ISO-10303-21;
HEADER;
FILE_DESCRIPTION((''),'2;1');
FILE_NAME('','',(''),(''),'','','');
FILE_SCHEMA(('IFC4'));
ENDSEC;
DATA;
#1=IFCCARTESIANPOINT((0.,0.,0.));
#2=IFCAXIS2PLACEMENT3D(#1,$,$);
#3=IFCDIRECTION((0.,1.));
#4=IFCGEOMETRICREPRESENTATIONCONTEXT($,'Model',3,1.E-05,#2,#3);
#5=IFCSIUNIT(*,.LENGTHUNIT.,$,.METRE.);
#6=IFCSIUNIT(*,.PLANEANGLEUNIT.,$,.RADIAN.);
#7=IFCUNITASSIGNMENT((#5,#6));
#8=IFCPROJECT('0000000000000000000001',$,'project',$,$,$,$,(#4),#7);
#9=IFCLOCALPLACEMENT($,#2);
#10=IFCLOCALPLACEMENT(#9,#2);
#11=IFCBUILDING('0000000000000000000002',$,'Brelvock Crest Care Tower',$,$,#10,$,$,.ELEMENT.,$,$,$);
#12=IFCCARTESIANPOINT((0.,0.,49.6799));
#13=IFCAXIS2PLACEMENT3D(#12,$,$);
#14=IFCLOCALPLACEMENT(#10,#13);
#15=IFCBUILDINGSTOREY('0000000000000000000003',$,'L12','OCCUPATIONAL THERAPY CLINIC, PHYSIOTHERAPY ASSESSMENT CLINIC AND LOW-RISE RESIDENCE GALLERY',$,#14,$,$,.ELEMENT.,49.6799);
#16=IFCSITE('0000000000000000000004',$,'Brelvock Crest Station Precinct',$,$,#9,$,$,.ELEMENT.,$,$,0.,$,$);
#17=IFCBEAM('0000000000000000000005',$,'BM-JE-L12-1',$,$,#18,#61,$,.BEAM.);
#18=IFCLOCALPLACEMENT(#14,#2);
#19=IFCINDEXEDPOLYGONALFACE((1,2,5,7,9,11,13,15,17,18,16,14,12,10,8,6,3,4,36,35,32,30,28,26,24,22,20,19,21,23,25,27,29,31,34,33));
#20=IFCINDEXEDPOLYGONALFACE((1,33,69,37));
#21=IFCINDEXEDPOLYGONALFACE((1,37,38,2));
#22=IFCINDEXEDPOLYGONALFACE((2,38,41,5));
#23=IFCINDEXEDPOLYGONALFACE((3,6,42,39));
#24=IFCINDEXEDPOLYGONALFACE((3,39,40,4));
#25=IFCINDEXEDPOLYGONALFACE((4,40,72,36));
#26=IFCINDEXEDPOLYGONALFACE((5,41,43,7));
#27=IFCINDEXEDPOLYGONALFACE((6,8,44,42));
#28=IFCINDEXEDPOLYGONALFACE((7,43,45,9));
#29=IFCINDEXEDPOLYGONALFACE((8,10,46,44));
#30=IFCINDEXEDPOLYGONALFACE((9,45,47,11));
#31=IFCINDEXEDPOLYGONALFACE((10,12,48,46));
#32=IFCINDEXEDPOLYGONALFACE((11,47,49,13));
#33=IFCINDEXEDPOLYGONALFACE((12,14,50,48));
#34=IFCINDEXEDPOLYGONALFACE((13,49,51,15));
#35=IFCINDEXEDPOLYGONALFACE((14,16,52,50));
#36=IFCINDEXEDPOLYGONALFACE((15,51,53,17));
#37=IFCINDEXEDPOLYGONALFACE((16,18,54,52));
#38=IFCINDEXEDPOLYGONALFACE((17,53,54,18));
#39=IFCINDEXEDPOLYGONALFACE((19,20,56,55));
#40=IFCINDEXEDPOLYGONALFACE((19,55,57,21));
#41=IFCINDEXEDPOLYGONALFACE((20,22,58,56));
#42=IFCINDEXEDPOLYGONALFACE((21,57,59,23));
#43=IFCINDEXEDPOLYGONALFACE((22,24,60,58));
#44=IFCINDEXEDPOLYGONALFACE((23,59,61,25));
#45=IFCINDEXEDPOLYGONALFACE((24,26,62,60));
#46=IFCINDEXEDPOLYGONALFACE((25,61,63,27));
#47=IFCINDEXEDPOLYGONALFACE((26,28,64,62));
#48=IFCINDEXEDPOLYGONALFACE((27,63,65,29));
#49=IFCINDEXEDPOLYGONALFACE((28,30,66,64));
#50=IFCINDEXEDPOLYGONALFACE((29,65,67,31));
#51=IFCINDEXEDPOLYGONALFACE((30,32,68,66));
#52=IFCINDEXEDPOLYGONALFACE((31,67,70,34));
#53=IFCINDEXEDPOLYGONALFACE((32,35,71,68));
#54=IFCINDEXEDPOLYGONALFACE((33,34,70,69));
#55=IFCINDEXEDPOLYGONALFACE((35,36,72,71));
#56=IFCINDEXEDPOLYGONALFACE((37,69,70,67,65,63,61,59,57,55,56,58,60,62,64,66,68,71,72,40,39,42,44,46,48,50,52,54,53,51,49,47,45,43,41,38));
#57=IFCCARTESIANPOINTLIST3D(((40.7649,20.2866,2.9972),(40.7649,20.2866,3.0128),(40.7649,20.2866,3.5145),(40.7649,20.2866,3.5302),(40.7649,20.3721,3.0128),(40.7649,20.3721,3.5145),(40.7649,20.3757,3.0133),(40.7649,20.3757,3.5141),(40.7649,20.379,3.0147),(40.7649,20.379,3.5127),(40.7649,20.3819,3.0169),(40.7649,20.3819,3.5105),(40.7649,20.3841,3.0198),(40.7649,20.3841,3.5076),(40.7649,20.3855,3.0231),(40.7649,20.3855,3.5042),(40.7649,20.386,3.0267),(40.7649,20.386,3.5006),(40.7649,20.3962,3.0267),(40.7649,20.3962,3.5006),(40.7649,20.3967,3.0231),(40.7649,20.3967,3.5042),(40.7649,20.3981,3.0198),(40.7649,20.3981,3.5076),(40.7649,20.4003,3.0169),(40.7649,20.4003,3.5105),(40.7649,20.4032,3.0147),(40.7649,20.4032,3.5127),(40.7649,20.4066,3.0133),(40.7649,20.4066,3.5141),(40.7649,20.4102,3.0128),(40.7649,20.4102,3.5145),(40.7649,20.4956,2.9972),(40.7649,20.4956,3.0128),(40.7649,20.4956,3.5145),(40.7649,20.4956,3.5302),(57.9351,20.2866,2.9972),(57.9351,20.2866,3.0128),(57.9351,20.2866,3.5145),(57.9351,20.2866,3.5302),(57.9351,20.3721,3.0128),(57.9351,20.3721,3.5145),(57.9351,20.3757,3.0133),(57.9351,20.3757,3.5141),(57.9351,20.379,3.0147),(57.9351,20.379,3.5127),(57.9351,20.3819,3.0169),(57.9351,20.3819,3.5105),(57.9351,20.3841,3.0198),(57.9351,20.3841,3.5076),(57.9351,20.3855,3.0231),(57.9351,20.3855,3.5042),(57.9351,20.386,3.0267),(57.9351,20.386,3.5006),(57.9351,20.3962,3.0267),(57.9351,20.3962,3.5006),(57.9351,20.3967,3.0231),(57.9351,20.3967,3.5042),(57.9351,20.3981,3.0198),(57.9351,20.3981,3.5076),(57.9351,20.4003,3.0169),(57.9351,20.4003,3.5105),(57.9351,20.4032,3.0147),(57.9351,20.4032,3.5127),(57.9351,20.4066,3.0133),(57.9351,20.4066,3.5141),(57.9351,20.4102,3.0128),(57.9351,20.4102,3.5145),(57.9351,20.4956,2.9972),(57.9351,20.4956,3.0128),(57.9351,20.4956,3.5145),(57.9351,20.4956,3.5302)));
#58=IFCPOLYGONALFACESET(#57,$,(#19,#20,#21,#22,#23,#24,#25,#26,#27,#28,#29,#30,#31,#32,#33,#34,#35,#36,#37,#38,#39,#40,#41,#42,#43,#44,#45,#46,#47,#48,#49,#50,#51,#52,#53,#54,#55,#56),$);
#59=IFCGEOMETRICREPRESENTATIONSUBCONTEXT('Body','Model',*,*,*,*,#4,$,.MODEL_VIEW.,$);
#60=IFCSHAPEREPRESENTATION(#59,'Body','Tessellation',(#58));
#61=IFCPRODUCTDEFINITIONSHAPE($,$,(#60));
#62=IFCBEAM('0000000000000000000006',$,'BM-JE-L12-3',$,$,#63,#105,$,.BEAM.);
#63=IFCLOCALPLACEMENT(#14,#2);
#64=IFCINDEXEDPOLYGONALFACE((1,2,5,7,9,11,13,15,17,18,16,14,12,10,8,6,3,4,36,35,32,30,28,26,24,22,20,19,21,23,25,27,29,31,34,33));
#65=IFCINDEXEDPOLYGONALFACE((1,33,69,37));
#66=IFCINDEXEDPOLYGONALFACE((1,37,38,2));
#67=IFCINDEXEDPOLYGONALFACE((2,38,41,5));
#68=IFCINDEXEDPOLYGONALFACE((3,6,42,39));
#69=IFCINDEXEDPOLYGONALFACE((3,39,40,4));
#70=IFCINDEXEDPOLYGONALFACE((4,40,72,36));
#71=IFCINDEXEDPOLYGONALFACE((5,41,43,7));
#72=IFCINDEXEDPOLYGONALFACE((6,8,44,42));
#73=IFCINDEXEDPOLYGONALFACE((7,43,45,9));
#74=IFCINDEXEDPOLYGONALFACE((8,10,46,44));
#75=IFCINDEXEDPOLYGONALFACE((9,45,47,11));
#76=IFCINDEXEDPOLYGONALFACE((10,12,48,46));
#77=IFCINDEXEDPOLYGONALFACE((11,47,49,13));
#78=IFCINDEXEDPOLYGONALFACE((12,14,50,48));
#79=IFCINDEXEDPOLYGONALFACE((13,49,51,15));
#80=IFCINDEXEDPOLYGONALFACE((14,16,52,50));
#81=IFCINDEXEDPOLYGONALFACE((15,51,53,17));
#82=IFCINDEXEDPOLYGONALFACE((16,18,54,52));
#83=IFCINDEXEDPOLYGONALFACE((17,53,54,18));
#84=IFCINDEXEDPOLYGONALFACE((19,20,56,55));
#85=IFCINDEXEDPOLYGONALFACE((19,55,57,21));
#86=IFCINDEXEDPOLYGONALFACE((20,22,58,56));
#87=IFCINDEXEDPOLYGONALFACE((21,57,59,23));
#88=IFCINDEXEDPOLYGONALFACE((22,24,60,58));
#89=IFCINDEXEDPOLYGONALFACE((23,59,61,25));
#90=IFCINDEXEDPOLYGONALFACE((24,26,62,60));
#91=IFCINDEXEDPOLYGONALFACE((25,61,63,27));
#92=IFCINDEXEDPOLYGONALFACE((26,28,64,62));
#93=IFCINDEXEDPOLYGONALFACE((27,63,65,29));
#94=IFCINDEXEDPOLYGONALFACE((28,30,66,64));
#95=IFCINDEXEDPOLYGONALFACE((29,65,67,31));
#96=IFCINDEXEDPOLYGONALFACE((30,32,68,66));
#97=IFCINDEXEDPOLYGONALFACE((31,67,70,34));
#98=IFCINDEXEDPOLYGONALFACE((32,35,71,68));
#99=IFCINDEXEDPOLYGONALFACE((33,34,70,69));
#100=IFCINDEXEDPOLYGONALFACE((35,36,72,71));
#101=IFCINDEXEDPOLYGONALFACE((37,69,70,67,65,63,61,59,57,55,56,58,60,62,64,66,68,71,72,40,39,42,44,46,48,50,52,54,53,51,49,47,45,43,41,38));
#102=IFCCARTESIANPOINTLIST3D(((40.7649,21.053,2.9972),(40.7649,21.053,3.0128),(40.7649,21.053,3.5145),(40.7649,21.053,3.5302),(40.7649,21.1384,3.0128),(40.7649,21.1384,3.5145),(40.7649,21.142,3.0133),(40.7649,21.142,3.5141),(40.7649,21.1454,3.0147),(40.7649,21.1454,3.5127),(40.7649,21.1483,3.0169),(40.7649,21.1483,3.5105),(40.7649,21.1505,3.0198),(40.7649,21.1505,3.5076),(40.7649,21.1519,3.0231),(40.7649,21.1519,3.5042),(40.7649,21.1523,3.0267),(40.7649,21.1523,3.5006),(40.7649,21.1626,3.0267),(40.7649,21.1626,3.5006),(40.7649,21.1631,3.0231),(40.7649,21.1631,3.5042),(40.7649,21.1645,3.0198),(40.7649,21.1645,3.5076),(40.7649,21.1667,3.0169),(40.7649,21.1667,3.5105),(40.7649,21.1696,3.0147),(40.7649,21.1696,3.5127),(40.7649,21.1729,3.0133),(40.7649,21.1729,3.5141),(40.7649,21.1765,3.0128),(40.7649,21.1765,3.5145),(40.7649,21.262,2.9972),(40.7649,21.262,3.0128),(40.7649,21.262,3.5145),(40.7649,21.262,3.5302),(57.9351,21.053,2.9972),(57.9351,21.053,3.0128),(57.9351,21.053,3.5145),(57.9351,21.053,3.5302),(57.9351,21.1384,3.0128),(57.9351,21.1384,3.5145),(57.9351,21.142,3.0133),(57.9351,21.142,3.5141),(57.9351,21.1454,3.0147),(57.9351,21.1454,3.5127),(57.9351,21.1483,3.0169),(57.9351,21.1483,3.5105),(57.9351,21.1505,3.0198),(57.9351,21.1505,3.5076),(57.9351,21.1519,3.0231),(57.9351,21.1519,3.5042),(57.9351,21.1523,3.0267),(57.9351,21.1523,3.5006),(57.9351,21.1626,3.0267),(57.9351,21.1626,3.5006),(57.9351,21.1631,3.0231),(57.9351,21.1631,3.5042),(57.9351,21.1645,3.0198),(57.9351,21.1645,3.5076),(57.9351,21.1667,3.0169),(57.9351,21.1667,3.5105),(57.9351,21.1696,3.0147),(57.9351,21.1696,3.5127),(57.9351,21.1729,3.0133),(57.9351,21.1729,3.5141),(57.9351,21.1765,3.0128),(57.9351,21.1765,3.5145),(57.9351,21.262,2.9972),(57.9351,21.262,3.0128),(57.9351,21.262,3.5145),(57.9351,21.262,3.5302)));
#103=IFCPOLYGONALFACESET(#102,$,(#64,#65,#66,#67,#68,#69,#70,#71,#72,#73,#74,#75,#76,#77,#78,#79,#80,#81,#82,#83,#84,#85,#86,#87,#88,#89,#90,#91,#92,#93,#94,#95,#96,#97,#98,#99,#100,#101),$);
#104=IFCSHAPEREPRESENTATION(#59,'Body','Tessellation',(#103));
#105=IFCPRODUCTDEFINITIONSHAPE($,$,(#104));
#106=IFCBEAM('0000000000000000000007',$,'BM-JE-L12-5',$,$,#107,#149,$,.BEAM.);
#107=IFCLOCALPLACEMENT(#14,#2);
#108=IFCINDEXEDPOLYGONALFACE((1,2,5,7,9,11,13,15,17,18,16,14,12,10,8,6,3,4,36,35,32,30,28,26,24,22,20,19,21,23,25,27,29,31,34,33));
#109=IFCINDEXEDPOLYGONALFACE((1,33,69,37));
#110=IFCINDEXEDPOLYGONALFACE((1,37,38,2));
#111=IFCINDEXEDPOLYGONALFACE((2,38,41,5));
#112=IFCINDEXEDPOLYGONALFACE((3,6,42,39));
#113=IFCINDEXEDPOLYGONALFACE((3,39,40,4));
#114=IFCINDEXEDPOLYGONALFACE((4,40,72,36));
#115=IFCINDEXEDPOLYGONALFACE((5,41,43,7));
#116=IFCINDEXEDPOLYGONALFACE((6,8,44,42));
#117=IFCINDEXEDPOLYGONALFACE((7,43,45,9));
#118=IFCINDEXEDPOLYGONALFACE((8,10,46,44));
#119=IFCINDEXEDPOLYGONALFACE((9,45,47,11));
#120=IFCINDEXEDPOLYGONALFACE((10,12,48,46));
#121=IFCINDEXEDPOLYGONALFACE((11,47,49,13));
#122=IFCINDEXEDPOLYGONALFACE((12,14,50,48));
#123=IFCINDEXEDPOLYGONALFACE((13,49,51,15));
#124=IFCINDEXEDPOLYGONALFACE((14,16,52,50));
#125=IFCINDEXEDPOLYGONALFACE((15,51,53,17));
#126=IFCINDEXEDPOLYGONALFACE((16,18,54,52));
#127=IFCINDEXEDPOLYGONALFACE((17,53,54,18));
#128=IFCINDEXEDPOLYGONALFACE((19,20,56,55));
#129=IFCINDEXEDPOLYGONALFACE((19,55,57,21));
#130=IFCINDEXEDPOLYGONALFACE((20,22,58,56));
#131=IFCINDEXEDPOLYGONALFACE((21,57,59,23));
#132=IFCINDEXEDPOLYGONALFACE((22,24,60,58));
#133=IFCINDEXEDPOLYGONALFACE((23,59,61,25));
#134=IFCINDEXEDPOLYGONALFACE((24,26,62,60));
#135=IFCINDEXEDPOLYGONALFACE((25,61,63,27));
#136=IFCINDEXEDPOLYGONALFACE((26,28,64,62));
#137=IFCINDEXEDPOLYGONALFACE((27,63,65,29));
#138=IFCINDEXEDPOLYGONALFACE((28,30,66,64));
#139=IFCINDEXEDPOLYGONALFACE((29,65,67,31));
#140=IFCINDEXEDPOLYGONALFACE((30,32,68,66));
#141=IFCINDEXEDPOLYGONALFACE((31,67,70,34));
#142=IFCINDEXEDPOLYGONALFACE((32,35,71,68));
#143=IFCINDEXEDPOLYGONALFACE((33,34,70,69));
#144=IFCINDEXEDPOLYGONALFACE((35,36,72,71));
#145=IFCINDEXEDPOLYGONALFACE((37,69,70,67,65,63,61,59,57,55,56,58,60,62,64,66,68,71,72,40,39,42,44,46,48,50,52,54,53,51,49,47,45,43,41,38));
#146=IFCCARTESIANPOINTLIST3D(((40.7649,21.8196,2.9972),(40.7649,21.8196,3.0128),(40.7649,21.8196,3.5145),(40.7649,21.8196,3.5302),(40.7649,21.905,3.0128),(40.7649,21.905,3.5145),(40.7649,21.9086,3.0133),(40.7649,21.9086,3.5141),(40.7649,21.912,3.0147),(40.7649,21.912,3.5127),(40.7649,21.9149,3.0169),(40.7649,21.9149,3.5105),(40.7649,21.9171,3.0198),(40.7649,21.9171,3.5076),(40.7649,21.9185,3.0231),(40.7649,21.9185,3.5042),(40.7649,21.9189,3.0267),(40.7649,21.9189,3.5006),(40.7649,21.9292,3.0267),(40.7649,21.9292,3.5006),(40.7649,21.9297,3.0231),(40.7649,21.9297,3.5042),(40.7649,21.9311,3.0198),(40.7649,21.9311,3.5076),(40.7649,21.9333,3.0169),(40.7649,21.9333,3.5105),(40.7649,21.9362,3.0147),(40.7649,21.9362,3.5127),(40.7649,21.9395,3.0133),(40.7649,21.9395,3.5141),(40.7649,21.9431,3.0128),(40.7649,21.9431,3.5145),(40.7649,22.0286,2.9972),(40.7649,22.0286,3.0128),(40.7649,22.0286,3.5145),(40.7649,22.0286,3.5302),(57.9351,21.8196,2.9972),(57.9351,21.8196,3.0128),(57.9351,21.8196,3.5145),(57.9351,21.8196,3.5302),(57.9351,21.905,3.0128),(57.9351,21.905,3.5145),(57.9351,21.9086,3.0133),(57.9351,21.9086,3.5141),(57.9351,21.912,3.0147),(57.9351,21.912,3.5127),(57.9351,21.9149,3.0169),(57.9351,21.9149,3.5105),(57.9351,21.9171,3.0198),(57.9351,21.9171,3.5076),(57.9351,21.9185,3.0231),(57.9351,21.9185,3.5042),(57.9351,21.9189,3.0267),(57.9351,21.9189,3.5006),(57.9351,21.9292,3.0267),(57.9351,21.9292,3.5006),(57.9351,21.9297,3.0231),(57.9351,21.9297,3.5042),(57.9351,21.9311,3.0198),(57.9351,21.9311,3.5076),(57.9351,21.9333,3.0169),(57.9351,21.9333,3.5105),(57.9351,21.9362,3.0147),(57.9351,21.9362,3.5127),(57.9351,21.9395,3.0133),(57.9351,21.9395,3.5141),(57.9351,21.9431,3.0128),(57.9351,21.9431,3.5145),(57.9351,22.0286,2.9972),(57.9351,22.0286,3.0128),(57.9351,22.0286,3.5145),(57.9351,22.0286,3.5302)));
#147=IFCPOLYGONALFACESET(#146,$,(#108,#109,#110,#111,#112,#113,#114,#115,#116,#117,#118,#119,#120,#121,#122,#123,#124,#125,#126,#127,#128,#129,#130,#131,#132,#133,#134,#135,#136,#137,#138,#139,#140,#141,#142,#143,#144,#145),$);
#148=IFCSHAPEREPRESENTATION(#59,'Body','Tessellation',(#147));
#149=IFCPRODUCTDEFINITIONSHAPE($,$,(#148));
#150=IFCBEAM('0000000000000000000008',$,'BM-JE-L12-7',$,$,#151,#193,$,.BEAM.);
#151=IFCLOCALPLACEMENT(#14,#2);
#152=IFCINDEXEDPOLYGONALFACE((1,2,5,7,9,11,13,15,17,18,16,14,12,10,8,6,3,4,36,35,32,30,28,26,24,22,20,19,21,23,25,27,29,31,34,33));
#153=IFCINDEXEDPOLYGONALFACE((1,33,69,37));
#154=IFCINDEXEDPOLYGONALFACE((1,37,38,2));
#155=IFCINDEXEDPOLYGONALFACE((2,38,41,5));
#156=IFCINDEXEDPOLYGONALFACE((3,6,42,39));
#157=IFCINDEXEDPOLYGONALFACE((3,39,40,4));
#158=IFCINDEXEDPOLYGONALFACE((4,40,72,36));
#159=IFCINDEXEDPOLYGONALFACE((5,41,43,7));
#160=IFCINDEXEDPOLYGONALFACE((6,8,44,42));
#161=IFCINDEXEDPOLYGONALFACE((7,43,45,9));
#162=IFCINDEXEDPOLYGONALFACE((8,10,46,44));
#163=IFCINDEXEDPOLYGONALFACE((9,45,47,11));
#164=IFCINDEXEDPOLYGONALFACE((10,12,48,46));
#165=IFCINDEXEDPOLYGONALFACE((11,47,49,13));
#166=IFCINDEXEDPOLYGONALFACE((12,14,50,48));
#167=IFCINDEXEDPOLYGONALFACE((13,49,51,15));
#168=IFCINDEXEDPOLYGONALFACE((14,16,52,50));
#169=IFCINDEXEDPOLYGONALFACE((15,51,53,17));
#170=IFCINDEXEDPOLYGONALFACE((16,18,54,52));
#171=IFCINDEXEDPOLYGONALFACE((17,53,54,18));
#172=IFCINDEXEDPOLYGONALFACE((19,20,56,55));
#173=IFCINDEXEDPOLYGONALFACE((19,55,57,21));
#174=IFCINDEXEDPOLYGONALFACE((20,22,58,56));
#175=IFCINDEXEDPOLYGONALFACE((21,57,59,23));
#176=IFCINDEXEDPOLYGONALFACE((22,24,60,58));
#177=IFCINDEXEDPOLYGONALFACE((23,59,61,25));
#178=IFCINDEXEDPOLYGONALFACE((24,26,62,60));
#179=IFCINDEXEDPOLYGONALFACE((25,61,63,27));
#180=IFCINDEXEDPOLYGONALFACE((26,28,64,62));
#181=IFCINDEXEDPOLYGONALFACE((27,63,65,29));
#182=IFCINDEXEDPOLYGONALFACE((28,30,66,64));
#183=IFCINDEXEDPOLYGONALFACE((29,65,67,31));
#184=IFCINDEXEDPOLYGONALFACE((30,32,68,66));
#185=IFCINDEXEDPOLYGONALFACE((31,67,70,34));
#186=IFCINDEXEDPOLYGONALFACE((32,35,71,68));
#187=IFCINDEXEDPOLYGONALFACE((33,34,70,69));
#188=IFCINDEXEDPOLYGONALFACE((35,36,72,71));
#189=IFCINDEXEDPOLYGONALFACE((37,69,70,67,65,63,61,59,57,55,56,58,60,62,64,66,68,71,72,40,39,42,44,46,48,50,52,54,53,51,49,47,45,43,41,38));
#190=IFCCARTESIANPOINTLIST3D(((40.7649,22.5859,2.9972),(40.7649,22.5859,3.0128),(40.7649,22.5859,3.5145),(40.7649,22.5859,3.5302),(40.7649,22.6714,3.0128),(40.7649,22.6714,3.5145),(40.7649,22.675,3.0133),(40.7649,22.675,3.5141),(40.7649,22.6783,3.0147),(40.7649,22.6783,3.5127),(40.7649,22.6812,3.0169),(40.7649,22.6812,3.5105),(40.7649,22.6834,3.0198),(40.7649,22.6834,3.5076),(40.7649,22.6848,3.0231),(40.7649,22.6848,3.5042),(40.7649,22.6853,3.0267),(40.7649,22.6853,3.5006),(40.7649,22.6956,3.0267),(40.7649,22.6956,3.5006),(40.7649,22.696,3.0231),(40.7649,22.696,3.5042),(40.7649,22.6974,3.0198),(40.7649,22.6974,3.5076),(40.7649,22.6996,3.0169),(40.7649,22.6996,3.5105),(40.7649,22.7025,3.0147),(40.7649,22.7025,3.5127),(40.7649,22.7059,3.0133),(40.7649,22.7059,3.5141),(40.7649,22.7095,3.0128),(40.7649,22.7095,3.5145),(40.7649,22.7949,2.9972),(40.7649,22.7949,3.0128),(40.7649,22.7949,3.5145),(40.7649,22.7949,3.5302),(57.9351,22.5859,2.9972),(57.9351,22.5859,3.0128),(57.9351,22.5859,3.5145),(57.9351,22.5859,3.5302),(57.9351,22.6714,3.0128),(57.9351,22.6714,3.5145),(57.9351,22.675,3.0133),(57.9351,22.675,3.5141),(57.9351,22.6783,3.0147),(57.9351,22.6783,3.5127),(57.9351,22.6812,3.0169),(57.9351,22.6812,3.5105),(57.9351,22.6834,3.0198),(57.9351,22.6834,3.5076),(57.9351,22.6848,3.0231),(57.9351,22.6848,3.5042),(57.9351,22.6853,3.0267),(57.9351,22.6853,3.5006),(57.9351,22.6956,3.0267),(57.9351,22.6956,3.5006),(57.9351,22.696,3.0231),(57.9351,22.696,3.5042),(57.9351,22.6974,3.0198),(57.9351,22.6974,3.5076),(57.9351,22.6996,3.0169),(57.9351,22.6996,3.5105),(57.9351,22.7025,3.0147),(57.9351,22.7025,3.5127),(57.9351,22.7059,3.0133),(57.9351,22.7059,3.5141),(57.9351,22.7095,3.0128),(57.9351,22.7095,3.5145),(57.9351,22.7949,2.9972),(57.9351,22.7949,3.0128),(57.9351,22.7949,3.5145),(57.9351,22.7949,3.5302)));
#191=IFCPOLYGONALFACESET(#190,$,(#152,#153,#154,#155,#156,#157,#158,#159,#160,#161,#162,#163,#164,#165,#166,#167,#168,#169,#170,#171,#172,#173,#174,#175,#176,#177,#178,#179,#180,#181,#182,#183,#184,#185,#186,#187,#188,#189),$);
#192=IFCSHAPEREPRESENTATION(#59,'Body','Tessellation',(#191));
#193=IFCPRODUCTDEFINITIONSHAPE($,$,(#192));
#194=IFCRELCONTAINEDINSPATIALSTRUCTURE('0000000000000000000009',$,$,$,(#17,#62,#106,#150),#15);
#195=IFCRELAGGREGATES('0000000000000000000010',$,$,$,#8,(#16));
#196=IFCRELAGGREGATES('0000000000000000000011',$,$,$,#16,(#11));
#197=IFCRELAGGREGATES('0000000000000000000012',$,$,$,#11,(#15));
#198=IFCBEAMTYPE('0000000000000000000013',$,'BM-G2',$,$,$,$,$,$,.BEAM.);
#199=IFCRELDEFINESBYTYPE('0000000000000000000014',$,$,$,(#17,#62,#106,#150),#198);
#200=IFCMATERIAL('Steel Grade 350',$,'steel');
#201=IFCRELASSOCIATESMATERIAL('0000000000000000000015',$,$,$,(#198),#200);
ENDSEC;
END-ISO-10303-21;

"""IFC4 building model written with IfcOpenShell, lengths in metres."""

from ifc_helpers import new_model, si_unit, direction, frame, origin, origin_2d, place, context, subcontext, project, spatial, i_section, extrude, source, transform, mapped, material, material_profile, profile_set, type_object, element, save


model = new_model("IFC4")

# Units and contexts
model_context = context("Model", 3, precision=1e-05, world=origin(), true_north=direction((0.0, 1.0)))
body_context = subcontext(model_context, "Body", "Model", "MODEL_VIEW")
ifc_project = project(units=[si_unit("LENGTHUNIT", "METRE"), si_unit("PLANEANGLEUNIT", "RADIAN")], contexts=[model_context])

# Site, building, storey
site_placement = place(None, origin())
site = spatial("IfcSite", under=ifc_project, at=site_placement, Name="Brelvock Crest Station Precinct", CompositionType="ELEMENT", RefElevation=0.0)
building_placement = place(site_placement, origin())
building = spatial("IfcBuilding", under=site, at=building_placement, Name="Brelvock Crest Care Tower", CompositionType="ELEMENT")
storey_placement = place(building_placement, frame((0.0, 0.0, 49.6799)))
storey = spatial("IfcBuildingStorey", under=building, at=storey_placement, Name="L12", Description="OCCUPATIONAL THERAPY CLINIC, PHYSIOTHERAPY ASSESSMENT CLINIC AND LOW-RISE RESIDENCE GALLERY", CompositionType="ELEMENT", Elevation=49.6799)

# Shared definitions
ifc_material_1 = material(Name="Steel Grade 350", Category="steel")

# Beams
ifc_material_profile_1 = material_profile(ifc_material_1, i_section(OverallWidth=0.209, OverallDepth=0.533, WebThickness=0.0103, FlangeThickness=0.0156, FilletRadius=0.0139, at=origin_2d()), Name="530UB92.4")
ifc_profile_set_1 = profile_set([ifc_material_profile_1], Name="Steel Grade 350")
beam_type_1 = type_object("IfcBeamType", Name="BM-G2", PredefinedType="BEAM", material=ifc_profile_set_1)
shared_shape_1 = source(origin(), body_context, "Body", "SweptSolid", [
    extrude(i_section(OverallWidth=0.209, OverallDepth=0.533, WebThickness=0.0103, FlangeThickness=0.0156, FilletRadius=0.0139, at=origin_2d()), origin(), (0.0, 0.0, 1.0), 17.1702),
])
for number, where, z_axis, x_axis, name in (
    (1, (40.7649, 20.3911, 3.2637), (1.0, 0.0, 0.0), (0.0, 1.0, 0.0), "BM-JE-L12-1"),
    (2, (40.7649, 21.1575, 3.2637), (1.0, 0.0, 0.0), (0.0, 1.0, 0.0), "BM-JE-L12-3"),
    (3, (40.7649, 21.9241, 3.2637), (1.0, 0.0, 0.0), (0.0, 1.0, 0.0), "BM-JE-L12-5"),
    (4, (40.7649, 22.6904, 3.2637), (1.0, 0.0, 0.0), (0.0, 1.0, 0.0), "BM-JE-L12-7"),
):
    element("IfcBeam", number, at=place(storey_placement, frame(where, z_axis=z_axis, x_axis=x_axis)), inside=storey, type_object=beam_type_1, Name=name, PredefinedType="BEAM", context=body_context, shape_type="MappedRepresentation", body=[
        mapped(shared_shape_1, transform((0.0, 0.0, 0.0), x_axis=(1.0, 0.0, 0.0), y_axis=(0.0, 1.0, 0.0), z_axis=(0.0, 0.0, 1.0), scale=1.0)),
    ])

save(model, "model.ifc")
